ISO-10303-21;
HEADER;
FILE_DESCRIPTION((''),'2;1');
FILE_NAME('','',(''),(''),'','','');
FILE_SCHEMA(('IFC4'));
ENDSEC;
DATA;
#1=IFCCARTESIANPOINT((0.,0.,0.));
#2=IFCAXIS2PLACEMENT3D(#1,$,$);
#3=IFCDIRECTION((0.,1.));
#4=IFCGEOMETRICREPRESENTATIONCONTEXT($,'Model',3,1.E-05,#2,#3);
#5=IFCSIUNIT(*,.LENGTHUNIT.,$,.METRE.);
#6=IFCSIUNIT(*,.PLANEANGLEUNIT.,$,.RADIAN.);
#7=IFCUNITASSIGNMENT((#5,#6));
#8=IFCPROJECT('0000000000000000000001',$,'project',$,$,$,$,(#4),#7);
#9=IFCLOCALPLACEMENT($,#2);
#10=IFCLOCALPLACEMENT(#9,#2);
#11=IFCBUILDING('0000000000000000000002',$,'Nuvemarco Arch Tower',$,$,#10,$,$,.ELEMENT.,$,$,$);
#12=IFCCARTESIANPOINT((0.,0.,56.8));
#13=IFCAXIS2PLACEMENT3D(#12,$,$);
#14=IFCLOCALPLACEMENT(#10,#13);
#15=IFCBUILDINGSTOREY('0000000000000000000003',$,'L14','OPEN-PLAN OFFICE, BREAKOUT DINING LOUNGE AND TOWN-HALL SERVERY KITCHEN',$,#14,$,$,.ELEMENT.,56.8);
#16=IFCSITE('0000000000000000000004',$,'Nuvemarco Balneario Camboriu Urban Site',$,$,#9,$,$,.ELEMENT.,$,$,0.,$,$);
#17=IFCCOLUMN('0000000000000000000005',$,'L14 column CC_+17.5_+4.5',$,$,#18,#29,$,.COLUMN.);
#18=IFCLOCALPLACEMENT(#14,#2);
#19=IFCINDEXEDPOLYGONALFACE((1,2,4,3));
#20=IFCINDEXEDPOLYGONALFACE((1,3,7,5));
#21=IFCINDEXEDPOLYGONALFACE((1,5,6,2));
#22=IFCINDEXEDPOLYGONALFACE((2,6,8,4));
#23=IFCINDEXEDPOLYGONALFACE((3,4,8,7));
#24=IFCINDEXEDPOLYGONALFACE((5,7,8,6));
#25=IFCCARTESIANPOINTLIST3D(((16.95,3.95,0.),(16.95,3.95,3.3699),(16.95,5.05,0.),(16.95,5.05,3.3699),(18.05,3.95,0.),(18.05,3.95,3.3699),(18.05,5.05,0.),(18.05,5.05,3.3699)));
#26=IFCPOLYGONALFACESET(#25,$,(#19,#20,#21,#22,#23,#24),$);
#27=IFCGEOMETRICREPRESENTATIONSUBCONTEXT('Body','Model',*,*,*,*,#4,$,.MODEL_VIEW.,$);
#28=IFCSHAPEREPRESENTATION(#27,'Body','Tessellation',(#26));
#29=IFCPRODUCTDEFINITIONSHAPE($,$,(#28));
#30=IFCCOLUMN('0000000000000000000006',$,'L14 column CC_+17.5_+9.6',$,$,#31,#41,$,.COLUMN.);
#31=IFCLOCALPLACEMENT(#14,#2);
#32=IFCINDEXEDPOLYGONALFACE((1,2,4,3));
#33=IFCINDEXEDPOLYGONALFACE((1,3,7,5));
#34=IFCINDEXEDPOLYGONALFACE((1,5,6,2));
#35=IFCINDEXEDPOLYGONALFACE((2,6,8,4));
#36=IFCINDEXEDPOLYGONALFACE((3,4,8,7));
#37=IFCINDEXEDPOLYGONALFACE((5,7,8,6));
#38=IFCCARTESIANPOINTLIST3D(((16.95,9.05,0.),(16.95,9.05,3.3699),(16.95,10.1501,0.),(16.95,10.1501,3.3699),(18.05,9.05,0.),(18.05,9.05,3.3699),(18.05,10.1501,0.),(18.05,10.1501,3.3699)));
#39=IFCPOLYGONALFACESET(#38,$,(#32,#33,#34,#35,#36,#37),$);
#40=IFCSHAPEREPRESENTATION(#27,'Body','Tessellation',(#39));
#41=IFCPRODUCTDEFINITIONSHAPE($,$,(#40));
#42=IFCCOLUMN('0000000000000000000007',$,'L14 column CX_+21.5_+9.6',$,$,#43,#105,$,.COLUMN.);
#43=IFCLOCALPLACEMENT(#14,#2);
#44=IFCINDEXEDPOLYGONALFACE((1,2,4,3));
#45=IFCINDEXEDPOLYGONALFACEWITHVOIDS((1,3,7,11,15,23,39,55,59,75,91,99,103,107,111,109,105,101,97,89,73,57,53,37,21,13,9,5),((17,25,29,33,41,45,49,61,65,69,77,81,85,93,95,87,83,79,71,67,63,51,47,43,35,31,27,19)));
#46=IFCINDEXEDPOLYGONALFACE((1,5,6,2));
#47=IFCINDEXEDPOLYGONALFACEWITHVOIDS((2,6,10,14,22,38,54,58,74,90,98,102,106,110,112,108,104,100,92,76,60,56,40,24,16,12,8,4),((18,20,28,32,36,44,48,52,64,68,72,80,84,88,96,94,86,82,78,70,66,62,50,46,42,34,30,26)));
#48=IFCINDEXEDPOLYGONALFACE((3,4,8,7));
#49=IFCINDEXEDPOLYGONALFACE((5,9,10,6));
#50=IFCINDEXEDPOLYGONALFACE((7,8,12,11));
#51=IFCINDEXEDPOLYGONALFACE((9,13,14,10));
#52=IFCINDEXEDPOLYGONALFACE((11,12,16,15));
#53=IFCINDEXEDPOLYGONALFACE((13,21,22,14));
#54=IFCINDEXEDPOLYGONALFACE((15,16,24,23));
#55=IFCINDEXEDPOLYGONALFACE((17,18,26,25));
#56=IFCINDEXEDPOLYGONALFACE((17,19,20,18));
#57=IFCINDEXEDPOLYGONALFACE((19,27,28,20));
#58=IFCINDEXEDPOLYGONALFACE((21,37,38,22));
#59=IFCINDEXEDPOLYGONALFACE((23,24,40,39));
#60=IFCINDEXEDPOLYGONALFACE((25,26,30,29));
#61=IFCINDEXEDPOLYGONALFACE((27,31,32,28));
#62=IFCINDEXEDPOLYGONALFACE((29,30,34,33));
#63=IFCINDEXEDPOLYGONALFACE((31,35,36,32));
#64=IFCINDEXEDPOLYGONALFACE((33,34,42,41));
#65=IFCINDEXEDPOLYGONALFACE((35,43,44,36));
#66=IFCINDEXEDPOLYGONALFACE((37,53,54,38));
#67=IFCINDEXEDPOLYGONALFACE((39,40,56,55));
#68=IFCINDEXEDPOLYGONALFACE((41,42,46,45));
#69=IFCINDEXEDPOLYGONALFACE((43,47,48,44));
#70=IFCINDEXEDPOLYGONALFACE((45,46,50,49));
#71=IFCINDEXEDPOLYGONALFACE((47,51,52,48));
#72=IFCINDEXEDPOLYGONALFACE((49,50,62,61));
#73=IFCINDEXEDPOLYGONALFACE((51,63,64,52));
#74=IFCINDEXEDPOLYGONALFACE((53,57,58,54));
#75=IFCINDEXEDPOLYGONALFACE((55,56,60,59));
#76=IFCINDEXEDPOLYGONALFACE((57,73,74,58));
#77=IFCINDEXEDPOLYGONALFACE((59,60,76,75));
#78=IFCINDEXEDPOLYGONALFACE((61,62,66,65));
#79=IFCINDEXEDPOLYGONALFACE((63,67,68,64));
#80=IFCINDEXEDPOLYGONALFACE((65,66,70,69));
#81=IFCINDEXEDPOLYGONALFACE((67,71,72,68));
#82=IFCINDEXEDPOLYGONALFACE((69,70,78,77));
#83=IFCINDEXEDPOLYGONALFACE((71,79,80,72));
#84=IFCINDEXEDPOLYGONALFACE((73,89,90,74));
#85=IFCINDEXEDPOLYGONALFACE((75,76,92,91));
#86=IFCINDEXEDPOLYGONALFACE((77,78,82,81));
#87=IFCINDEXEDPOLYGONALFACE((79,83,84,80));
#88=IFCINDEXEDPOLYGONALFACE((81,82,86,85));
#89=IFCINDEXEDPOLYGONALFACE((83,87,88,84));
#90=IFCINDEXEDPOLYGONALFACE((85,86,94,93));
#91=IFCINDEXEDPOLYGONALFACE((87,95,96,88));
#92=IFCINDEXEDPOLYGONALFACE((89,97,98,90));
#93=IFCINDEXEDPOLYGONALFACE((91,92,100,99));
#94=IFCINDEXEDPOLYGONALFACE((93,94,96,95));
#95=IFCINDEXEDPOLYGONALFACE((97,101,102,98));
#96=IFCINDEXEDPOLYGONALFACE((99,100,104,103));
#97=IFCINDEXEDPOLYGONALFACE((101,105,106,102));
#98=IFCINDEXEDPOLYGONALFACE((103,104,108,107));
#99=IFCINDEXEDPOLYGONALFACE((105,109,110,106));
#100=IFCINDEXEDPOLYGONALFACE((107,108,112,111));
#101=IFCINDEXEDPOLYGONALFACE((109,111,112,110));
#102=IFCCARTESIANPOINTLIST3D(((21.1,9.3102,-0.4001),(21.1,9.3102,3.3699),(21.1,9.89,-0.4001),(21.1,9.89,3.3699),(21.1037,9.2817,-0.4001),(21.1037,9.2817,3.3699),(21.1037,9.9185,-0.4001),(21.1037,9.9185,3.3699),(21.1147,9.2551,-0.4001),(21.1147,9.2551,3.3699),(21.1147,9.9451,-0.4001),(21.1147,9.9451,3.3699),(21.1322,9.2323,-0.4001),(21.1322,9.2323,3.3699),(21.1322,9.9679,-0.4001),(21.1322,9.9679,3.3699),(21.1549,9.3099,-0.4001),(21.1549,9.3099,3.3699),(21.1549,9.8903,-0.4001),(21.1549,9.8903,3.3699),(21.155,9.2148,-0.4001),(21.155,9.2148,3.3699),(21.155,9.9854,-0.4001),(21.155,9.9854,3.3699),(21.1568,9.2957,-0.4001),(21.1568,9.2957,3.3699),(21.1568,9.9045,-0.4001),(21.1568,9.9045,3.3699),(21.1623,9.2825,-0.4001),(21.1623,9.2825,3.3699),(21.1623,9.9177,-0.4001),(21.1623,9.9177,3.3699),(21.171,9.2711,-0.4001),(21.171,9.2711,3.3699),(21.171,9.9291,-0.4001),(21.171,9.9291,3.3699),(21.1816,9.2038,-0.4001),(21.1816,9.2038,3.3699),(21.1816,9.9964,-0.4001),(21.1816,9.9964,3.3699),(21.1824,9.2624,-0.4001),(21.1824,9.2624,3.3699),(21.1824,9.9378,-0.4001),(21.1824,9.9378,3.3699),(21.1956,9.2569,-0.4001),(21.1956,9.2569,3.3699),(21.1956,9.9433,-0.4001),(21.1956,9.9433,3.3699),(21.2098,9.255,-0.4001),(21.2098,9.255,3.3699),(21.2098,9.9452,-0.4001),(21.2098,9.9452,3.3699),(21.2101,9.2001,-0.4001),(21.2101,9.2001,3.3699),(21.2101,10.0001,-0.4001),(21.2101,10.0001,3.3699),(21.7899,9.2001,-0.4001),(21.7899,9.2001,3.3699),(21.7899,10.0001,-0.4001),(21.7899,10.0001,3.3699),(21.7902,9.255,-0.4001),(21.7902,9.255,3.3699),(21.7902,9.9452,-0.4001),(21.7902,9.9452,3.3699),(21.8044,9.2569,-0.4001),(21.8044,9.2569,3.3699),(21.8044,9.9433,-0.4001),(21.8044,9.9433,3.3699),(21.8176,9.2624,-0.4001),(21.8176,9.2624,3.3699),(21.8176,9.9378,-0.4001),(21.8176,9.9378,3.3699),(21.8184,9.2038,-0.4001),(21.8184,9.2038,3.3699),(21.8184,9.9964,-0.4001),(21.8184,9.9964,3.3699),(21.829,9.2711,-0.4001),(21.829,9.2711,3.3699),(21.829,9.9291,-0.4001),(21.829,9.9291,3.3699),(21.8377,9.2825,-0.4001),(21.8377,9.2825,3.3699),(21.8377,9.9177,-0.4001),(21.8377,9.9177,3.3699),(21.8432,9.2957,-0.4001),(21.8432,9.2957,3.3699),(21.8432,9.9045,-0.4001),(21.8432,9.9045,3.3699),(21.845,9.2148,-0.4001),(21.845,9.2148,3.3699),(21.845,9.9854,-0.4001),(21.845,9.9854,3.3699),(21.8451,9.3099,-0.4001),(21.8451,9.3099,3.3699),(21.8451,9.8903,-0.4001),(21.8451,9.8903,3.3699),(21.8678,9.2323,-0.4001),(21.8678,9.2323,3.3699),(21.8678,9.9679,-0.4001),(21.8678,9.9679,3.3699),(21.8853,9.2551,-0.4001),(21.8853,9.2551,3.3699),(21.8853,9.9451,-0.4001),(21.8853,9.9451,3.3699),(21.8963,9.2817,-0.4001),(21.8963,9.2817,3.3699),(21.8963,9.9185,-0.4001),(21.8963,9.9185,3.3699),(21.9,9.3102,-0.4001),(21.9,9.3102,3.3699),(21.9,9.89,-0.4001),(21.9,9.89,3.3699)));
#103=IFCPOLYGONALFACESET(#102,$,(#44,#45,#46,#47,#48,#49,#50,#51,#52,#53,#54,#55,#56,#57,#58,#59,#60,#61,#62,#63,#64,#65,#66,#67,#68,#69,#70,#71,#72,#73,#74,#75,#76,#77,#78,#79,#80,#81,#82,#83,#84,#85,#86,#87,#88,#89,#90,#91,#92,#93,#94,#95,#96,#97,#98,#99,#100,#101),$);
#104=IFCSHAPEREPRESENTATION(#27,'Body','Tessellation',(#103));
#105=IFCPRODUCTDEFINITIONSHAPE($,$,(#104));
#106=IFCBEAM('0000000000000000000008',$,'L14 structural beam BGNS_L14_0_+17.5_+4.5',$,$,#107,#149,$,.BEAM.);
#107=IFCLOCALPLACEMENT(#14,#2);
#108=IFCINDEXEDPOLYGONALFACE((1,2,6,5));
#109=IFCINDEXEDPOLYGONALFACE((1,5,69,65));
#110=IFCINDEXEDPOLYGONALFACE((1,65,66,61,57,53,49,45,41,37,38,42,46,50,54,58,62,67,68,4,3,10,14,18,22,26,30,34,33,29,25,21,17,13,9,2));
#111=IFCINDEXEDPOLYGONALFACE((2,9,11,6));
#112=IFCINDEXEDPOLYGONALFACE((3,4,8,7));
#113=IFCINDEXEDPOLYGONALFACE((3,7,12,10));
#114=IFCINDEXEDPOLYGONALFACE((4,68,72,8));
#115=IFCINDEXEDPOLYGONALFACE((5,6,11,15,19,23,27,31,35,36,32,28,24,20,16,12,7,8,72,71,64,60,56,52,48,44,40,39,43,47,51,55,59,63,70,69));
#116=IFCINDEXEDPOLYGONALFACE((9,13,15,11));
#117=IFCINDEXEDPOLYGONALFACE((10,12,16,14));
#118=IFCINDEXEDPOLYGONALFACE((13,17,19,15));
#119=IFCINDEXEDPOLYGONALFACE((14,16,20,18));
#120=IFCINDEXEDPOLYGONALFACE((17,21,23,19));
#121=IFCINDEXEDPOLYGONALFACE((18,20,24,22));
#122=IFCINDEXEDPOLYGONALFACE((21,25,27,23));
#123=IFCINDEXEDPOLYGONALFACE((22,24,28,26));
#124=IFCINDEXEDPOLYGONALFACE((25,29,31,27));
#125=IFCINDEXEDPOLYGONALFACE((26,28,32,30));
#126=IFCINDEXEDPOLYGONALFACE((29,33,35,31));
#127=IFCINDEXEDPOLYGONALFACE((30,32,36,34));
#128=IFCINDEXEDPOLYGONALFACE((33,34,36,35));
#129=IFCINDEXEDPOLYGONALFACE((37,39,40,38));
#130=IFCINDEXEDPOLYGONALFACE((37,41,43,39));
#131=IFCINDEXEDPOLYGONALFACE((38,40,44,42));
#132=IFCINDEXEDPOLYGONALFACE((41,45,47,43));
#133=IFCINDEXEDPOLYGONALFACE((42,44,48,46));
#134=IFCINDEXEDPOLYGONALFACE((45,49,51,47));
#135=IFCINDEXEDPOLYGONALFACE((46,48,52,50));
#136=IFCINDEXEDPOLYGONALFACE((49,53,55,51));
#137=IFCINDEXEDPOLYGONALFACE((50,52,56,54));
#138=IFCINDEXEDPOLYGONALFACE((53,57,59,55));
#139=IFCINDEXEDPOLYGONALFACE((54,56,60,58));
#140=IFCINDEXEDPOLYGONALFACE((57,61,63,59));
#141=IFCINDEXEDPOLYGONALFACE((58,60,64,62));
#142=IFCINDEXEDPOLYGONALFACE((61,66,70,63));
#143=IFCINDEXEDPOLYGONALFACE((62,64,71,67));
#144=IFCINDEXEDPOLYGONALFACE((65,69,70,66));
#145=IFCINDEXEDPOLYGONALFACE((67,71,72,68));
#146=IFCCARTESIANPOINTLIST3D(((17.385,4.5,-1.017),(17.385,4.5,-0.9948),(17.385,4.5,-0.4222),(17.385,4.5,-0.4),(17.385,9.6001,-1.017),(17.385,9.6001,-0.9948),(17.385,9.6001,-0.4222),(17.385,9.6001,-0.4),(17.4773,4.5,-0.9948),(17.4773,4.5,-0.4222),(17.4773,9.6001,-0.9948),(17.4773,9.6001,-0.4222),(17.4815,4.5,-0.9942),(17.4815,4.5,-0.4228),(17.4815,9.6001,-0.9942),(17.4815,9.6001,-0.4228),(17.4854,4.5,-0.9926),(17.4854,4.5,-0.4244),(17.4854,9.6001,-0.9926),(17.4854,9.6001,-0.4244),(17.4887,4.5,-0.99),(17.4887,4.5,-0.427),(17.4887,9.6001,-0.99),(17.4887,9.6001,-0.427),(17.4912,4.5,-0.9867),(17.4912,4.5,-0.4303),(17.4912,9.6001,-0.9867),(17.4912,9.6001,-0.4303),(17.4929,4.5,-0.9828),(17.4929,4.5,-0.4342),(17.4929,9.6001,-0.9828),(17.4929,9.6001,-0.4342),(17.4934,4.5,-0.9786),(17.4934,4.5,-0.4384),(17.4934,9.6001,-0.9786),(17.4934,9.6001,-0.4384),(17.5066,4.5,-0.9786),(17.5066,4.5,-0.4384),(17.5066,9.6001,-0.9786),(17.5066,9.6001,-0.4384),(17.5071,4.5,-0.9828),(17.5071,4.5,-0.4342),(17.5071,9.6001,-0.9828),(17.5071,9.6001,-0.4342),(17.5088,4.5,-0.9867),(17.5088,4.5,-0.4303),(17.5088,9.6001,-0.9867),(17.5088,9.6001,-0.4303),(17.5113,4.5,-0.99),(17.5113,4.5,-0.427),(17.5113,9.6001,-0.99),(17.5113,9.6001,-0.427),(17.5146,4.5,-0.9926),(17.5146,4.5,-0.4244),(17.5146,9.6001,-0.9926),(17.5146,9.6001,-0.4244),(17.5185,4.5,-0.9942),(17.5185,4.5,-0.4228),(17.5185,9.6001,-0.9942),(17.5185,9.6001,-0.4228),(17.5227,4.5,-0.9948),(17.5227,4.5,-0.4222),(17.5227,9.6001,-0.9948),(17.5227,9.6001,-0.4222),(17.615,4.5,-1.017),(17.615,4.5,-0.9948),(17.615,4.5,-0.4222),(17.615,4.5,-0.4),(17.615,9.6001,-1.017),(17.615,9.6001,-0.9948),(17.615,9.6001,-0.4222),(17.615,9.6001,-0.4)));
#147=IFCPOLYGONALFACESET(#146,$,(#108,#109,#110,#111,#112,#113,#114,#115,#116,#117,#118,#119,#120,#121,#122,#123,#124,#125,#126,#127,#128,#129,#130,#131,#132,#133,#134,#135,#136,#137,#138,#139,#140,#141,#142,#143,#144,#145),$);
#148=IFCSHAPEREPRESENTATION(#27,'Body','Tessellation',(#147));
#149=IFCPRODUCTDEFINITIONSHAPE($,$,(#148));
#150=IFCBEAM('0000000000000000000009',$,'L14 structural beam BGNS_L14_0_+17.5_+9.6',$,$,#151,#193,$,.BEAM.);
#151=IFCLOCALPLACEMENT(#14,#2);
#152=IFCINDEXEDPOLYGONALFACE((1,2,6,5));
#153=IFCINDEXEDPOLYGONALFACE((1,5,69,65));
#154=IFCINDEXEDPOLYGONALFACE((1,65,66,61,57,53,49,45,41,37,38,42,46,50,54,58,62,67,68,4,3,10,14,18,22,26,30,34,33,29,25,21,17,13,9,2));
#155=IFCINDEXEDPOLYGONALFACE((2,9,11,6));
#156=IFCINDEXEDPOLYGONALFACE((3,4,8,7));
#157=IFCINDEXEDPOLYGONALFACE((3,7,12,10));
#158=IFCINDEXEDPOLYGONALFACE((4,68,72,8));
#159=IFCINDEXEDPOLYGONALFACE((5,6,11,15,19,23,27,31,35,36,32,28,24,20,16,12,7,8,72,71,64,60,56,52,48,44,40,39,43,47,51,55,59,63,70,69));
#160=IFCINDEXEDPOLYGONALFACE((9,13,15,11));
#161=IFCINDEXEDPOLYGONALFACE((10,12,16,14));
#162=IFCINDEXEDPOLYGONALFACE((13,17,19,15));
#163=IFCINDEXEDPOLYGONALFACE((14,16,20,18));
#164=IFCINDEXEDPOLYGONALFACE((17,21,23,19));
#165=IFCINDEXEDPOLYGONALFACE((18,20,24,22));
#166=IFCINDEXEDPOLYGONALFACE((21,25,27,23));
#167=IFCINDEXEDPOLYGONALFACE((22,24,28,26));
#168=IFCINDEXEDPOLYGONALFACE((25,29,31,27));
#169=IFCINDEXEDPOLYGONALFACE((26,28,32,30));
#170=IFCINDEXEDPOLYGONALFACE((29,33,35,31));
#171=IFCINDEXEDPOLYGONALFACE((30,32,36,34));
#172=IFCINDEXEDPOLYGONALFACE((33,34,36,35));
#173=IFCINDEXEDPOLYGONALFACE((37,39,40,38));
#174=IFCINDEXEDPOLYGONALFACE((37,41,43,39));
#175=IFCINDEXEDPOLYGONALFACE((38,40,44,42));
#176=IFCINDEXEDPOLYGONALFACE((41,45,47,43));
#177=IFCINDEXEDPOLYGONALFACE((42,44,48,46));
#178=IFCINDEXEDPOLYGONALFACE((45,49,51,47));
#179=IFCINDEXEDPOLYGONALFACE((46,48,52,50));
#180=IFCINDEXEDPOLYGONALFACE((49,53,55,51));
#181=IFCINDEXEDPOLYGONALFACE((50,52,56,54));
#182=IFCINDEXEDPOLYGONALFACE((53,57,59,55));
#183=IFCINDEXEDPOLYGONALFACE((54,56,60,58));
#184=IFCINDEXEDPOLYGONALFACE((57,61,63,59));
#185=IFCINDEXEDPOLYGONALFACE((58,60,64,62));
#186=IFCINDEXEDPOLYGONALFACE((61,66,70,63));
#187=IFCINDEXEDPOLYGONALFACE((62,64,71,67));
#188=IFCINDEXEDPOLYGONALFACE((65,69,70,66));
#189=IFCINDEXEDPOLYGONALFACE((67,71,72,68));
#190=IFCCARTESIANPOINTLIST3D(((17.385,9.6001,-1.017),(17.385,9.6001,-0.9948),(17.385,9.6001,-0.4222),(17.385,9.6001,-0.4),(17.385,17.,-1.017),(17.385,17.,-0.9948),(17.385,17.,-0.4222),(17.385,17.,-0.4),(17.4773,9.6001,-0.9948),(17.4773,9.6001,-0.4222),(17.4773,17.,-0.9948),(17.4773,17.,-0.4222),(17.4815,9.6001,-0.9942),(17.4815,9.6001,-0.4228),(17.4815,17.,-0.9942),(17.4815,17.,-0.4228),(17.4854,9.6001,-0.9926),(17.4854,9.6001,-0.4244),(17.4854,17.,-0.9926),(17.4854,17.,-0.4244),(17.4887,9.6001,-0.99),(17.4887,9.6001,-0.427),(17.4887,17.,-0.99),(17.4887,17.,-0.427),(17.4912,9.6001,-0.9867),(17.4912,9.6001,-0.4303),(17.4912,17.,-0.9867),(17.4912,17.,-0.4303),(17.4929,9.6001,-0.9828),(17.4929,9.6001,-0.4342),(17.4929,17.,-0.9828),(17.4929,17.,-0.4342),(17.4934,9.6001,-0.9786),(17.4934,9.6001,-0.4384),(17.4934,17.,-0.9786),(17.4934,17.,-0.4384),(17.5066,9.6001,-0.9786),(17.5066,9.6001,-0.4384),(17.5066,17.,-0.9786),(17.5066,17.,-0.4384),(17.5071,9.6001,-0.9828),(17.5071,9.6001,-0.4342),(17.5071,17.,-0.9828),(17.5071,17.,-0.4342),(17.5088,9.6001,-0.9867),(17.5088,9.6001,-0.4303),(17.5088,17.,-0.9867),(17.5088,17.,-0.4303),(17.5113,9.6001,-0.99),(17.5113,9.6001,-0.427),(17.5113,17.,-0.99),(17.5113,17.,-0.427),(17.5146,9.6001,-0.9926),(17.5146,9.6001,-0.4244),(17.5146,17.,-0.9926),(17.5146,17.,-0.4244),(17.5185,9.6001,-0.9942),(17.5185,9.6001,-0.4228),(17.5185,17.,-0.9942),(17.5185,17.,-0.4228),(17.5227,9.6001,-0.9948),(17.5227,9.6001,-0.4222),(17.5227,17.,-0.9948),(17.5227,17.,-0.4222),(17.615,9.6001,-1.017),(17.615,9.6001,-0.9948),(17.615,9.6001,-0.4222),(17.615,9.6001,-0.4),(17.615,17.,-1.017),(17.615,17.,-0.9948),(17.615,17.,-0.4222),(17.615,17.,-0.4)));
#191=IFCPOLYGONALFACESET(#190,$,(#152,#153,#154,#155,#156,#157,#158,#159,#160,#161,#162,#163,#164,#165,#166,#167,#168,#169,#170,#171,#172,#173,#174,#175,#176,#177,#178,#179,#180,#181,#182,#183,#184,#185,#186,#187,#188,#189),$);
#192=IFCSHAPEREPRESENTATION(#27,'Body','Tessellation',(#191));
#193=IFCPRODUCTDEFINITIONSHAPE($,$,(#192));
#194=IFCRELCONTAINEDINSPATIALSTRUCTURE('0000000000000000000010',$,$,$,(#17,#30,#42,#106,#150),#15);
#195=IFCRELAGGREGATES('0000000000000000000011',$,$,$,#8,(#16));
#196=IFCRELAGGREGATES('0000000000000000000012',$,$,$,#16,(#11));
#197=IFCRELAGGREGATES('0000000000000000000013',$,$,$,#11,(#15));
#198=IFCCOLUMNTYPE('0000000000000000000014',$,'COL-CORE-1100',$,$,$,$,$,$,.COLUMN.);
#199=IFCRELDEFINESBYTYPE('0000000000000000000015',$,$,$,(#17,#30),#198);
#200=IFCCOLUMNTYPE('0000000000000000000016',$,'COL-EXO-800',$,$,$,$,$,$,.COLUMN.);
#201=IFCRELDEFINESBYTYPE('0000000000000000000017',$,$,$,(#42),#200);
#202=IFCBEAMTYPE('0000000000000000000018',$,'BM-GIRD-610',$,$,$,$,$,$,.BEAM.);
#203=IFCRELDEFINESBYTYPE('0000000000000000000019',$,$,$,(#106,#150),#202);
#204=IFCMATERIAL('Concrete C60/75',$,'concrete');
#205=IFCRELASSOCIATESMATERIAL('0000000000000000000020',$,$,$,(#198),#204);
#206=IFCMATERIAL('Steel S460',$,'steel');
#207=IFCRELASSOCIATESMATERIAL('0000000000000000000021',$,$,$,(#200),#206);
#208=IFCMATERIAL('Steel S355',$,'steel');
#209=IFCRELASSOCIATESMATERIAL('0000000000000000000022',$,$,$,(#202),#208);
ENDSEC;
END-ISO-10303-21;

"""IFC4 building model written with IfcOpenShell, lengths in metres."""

from ifc_helpers import new_model, si_unit, direction, frame, origin, origin_2d, place, context, subcontext, project, spatial, rectangle, hollow_rectangle, i_section, extrude, material, material_profile, profile_set, type_object, element, save


model = new_model("IFC4")

# Units and contexts
model_context = context("Model", 3, precision=1e-05, world=origin(), true_north=direction((0.0, 1.0)))
body_context = subcontext(model_context, "Body", "Model", "MODEL_VIEW")
ifc_project = project(units=[si_unit("LENGTHUNIT", "METRE"), si_unit("PLANEANGLEUNIT", "RADIAN")], contexts=[model_context])

# Site, building, storey
site_placement = place(None, origin())
site = spatial("IfcSite", under=ifc_project, at=site_placement, Name="Nuvemarco Balneario Camboriu Urban Site", CompositionType="ELEMENT", RefElevation=0.0)
building_placement = place(site_placement, origin())
building = spatial("IfcBuilding", under=site, at=building_placement, Name="Nuvemarco Arch Tower", CompositionType="ELEMENT")
storey_placement = place(building_placement, frame((0.0, 0.0, 56.8)))
storey = spatial("IfcBuildingStorey", under=building, at=storey_placement, Name="L14", Description="OPEN-PLAN OFFICE, BREAKOUT DINING LOUNGE AND TOWN-HALL SERVERY KITCHEN", CompositionType="ELEMENT", Elevation=56.8)

# Columns
ifc_material_1 = material(Name="Concrete C60/75", Category="concrete")
ifc_material_profile_1 = material_profile(ifc_material_1, rectangle(XDim=1.1001, YDim=1.1001, at=origin_2d()), Name="RC-COL-1100x1100")
ifc_profile_set_1 = profile_set([ifc_material_profile_1], Name="Concrete C60/75")
column_type_1 = type_object("IfcColumnType", Name="COL-CORE-1100", PredefinedType="COLUMN", material=ifc_profile_set_1)
for number, where, z_axis, x_axis, name in (
    (1, (17.5, 4.5, 0.0), (0.0, 0.0, 1.0), (1.0, 0.0, 0.0), "L14 column CC_+17.5_+4.5"),
    (2, (17.5, 9.6001, 0.0), (0.0, 0.0, 1.0), (1.0, 0.0, 0.0), "L14 column CC_+17.5_+9.6"),
):
    element("IfcColumn", number, at=place(storey_placement, frame(where, z_axis=z_axis, x_axis=x_axis)), inside=storey, type_object=column_type_1, Name=name, PredefinedType="COLUMN", context=body_context, shape_type="SweptSolid", body=[
        extrude(rectangle(XDim=1.1001, YDim=1.1001, at=origin_2d()), origin(), (0.0, 0.0, 1.0), 3.3699),
    ])
ifc_material_2 = material(Name="Steel S460", Category="steel")
ifc_material_profile_2 = material_profile(ifc_material_2, hollow_rectangle(XDim=0.8, YDim=0.8, WallThickness=0.0549, InnerFilletRadius=0.0549, OuterFilletRadius=0.1101, at=origin_2d()), Name="SHS800x800x55")
ifc_profile_set_2 = profile_set([ifc_material_profile_2], Name="Steel S460")
column_type_2 = type_object("IfcColumnType", Name="COL-EXO-800", PredefinedType="COLUMN", material=ifc_profile_set_2)
column_placement = place(storey_placement, frame((21.5, 9.6001, -0.4001), z_axis=(0.0, 0.0, 1.0), x_axis=(1.0, 0.0, 0.0)))
element("IfcColumn", 3, at=column_placement, inside=storey, type_object=column_type_2, Name="L14 column CX_+21.5_+9.6", PredefinedType="COLUMN", context=body_context, shape_type="SweptSolid", body=[
    extrude(hollow_rectangle(XDim=0.8, YDim=0.8, WallThickness=0.0549, InnerFilletRadius=0.0549, OuterFilletRadius=0.1101, at=origin_2d()), origin(), (0.0, 0.0, 1.0), 3.77),
])

# Beams
ifc_material_3 = material(Name="Steel S355", Category="steel")
ifc_material_profile_3 = material_profile(ifc_material_3, i_section(OverallWidth=0.23, OverallDepth=0.6169, WebThickness=0.0132, FlangeThickness=0.0222, FilletRadius=0.0161, at=origin_2d()), Name="W610x140")
ifc_profile_set_3 = profile_set([ifc_material_profile_3], Name="Steel S355")
beam_type = type_object("IfcBeamType", Name="BM-GIRD-610", PredefinedType="BEAM", material=ifc_profile_set_3)
beam_1_placement = place(storey_placement, frame((17.5, 4.5, -0.7085), z_axis=(0.0, 1.0, 0.0), x_axis=(-1.0, 0.0, 0.0)))
element("IfcBeam", 4, at=beam_1_placement, inside=storey, type_object=beam_type, Name="L14 structural beam BGNS_L14_0_+17.5_+4.5", PredefinedType="BEAM", context=body_context, shape_type="SweptSolid", body=[
    extrude(i_section(OverallWidth=0.23, OverallDepth=0.6169, WebThickness=0.0132, FlangeThickness=0.0222, FilletRadius=0.0161, at=origin_2d()), origin(), (0.0, 0.0, 1.0), 5.1001),
])
beam_2_placement = place(storey_placement, frame((17.5, 9.6001, -0.7085), z_axis=(0.0, 1.0, 0.0), x_axis=(-1.0, 0.0, 0.0)))
element("IfcBeam", 5, at=beam_2_placement, inside=storey, type_object=beam_type, Name="L14 structural beam BGNS_L14_0_+17.5_+9.6", PredefinedType="BEAM", context=body_context, shape_type="SweptSolid", body=[
    extrude(i_section(OverallWidth=0.23, OverallDepth=0.6169, WebThickness=0.0132, FlangeThickness=0.0222, FilletRadius=0.0161, at=origin_2d()), origin(), (0.0, 0.0, 1.0), 7.3999),
])

save(model, "model.ifc")
